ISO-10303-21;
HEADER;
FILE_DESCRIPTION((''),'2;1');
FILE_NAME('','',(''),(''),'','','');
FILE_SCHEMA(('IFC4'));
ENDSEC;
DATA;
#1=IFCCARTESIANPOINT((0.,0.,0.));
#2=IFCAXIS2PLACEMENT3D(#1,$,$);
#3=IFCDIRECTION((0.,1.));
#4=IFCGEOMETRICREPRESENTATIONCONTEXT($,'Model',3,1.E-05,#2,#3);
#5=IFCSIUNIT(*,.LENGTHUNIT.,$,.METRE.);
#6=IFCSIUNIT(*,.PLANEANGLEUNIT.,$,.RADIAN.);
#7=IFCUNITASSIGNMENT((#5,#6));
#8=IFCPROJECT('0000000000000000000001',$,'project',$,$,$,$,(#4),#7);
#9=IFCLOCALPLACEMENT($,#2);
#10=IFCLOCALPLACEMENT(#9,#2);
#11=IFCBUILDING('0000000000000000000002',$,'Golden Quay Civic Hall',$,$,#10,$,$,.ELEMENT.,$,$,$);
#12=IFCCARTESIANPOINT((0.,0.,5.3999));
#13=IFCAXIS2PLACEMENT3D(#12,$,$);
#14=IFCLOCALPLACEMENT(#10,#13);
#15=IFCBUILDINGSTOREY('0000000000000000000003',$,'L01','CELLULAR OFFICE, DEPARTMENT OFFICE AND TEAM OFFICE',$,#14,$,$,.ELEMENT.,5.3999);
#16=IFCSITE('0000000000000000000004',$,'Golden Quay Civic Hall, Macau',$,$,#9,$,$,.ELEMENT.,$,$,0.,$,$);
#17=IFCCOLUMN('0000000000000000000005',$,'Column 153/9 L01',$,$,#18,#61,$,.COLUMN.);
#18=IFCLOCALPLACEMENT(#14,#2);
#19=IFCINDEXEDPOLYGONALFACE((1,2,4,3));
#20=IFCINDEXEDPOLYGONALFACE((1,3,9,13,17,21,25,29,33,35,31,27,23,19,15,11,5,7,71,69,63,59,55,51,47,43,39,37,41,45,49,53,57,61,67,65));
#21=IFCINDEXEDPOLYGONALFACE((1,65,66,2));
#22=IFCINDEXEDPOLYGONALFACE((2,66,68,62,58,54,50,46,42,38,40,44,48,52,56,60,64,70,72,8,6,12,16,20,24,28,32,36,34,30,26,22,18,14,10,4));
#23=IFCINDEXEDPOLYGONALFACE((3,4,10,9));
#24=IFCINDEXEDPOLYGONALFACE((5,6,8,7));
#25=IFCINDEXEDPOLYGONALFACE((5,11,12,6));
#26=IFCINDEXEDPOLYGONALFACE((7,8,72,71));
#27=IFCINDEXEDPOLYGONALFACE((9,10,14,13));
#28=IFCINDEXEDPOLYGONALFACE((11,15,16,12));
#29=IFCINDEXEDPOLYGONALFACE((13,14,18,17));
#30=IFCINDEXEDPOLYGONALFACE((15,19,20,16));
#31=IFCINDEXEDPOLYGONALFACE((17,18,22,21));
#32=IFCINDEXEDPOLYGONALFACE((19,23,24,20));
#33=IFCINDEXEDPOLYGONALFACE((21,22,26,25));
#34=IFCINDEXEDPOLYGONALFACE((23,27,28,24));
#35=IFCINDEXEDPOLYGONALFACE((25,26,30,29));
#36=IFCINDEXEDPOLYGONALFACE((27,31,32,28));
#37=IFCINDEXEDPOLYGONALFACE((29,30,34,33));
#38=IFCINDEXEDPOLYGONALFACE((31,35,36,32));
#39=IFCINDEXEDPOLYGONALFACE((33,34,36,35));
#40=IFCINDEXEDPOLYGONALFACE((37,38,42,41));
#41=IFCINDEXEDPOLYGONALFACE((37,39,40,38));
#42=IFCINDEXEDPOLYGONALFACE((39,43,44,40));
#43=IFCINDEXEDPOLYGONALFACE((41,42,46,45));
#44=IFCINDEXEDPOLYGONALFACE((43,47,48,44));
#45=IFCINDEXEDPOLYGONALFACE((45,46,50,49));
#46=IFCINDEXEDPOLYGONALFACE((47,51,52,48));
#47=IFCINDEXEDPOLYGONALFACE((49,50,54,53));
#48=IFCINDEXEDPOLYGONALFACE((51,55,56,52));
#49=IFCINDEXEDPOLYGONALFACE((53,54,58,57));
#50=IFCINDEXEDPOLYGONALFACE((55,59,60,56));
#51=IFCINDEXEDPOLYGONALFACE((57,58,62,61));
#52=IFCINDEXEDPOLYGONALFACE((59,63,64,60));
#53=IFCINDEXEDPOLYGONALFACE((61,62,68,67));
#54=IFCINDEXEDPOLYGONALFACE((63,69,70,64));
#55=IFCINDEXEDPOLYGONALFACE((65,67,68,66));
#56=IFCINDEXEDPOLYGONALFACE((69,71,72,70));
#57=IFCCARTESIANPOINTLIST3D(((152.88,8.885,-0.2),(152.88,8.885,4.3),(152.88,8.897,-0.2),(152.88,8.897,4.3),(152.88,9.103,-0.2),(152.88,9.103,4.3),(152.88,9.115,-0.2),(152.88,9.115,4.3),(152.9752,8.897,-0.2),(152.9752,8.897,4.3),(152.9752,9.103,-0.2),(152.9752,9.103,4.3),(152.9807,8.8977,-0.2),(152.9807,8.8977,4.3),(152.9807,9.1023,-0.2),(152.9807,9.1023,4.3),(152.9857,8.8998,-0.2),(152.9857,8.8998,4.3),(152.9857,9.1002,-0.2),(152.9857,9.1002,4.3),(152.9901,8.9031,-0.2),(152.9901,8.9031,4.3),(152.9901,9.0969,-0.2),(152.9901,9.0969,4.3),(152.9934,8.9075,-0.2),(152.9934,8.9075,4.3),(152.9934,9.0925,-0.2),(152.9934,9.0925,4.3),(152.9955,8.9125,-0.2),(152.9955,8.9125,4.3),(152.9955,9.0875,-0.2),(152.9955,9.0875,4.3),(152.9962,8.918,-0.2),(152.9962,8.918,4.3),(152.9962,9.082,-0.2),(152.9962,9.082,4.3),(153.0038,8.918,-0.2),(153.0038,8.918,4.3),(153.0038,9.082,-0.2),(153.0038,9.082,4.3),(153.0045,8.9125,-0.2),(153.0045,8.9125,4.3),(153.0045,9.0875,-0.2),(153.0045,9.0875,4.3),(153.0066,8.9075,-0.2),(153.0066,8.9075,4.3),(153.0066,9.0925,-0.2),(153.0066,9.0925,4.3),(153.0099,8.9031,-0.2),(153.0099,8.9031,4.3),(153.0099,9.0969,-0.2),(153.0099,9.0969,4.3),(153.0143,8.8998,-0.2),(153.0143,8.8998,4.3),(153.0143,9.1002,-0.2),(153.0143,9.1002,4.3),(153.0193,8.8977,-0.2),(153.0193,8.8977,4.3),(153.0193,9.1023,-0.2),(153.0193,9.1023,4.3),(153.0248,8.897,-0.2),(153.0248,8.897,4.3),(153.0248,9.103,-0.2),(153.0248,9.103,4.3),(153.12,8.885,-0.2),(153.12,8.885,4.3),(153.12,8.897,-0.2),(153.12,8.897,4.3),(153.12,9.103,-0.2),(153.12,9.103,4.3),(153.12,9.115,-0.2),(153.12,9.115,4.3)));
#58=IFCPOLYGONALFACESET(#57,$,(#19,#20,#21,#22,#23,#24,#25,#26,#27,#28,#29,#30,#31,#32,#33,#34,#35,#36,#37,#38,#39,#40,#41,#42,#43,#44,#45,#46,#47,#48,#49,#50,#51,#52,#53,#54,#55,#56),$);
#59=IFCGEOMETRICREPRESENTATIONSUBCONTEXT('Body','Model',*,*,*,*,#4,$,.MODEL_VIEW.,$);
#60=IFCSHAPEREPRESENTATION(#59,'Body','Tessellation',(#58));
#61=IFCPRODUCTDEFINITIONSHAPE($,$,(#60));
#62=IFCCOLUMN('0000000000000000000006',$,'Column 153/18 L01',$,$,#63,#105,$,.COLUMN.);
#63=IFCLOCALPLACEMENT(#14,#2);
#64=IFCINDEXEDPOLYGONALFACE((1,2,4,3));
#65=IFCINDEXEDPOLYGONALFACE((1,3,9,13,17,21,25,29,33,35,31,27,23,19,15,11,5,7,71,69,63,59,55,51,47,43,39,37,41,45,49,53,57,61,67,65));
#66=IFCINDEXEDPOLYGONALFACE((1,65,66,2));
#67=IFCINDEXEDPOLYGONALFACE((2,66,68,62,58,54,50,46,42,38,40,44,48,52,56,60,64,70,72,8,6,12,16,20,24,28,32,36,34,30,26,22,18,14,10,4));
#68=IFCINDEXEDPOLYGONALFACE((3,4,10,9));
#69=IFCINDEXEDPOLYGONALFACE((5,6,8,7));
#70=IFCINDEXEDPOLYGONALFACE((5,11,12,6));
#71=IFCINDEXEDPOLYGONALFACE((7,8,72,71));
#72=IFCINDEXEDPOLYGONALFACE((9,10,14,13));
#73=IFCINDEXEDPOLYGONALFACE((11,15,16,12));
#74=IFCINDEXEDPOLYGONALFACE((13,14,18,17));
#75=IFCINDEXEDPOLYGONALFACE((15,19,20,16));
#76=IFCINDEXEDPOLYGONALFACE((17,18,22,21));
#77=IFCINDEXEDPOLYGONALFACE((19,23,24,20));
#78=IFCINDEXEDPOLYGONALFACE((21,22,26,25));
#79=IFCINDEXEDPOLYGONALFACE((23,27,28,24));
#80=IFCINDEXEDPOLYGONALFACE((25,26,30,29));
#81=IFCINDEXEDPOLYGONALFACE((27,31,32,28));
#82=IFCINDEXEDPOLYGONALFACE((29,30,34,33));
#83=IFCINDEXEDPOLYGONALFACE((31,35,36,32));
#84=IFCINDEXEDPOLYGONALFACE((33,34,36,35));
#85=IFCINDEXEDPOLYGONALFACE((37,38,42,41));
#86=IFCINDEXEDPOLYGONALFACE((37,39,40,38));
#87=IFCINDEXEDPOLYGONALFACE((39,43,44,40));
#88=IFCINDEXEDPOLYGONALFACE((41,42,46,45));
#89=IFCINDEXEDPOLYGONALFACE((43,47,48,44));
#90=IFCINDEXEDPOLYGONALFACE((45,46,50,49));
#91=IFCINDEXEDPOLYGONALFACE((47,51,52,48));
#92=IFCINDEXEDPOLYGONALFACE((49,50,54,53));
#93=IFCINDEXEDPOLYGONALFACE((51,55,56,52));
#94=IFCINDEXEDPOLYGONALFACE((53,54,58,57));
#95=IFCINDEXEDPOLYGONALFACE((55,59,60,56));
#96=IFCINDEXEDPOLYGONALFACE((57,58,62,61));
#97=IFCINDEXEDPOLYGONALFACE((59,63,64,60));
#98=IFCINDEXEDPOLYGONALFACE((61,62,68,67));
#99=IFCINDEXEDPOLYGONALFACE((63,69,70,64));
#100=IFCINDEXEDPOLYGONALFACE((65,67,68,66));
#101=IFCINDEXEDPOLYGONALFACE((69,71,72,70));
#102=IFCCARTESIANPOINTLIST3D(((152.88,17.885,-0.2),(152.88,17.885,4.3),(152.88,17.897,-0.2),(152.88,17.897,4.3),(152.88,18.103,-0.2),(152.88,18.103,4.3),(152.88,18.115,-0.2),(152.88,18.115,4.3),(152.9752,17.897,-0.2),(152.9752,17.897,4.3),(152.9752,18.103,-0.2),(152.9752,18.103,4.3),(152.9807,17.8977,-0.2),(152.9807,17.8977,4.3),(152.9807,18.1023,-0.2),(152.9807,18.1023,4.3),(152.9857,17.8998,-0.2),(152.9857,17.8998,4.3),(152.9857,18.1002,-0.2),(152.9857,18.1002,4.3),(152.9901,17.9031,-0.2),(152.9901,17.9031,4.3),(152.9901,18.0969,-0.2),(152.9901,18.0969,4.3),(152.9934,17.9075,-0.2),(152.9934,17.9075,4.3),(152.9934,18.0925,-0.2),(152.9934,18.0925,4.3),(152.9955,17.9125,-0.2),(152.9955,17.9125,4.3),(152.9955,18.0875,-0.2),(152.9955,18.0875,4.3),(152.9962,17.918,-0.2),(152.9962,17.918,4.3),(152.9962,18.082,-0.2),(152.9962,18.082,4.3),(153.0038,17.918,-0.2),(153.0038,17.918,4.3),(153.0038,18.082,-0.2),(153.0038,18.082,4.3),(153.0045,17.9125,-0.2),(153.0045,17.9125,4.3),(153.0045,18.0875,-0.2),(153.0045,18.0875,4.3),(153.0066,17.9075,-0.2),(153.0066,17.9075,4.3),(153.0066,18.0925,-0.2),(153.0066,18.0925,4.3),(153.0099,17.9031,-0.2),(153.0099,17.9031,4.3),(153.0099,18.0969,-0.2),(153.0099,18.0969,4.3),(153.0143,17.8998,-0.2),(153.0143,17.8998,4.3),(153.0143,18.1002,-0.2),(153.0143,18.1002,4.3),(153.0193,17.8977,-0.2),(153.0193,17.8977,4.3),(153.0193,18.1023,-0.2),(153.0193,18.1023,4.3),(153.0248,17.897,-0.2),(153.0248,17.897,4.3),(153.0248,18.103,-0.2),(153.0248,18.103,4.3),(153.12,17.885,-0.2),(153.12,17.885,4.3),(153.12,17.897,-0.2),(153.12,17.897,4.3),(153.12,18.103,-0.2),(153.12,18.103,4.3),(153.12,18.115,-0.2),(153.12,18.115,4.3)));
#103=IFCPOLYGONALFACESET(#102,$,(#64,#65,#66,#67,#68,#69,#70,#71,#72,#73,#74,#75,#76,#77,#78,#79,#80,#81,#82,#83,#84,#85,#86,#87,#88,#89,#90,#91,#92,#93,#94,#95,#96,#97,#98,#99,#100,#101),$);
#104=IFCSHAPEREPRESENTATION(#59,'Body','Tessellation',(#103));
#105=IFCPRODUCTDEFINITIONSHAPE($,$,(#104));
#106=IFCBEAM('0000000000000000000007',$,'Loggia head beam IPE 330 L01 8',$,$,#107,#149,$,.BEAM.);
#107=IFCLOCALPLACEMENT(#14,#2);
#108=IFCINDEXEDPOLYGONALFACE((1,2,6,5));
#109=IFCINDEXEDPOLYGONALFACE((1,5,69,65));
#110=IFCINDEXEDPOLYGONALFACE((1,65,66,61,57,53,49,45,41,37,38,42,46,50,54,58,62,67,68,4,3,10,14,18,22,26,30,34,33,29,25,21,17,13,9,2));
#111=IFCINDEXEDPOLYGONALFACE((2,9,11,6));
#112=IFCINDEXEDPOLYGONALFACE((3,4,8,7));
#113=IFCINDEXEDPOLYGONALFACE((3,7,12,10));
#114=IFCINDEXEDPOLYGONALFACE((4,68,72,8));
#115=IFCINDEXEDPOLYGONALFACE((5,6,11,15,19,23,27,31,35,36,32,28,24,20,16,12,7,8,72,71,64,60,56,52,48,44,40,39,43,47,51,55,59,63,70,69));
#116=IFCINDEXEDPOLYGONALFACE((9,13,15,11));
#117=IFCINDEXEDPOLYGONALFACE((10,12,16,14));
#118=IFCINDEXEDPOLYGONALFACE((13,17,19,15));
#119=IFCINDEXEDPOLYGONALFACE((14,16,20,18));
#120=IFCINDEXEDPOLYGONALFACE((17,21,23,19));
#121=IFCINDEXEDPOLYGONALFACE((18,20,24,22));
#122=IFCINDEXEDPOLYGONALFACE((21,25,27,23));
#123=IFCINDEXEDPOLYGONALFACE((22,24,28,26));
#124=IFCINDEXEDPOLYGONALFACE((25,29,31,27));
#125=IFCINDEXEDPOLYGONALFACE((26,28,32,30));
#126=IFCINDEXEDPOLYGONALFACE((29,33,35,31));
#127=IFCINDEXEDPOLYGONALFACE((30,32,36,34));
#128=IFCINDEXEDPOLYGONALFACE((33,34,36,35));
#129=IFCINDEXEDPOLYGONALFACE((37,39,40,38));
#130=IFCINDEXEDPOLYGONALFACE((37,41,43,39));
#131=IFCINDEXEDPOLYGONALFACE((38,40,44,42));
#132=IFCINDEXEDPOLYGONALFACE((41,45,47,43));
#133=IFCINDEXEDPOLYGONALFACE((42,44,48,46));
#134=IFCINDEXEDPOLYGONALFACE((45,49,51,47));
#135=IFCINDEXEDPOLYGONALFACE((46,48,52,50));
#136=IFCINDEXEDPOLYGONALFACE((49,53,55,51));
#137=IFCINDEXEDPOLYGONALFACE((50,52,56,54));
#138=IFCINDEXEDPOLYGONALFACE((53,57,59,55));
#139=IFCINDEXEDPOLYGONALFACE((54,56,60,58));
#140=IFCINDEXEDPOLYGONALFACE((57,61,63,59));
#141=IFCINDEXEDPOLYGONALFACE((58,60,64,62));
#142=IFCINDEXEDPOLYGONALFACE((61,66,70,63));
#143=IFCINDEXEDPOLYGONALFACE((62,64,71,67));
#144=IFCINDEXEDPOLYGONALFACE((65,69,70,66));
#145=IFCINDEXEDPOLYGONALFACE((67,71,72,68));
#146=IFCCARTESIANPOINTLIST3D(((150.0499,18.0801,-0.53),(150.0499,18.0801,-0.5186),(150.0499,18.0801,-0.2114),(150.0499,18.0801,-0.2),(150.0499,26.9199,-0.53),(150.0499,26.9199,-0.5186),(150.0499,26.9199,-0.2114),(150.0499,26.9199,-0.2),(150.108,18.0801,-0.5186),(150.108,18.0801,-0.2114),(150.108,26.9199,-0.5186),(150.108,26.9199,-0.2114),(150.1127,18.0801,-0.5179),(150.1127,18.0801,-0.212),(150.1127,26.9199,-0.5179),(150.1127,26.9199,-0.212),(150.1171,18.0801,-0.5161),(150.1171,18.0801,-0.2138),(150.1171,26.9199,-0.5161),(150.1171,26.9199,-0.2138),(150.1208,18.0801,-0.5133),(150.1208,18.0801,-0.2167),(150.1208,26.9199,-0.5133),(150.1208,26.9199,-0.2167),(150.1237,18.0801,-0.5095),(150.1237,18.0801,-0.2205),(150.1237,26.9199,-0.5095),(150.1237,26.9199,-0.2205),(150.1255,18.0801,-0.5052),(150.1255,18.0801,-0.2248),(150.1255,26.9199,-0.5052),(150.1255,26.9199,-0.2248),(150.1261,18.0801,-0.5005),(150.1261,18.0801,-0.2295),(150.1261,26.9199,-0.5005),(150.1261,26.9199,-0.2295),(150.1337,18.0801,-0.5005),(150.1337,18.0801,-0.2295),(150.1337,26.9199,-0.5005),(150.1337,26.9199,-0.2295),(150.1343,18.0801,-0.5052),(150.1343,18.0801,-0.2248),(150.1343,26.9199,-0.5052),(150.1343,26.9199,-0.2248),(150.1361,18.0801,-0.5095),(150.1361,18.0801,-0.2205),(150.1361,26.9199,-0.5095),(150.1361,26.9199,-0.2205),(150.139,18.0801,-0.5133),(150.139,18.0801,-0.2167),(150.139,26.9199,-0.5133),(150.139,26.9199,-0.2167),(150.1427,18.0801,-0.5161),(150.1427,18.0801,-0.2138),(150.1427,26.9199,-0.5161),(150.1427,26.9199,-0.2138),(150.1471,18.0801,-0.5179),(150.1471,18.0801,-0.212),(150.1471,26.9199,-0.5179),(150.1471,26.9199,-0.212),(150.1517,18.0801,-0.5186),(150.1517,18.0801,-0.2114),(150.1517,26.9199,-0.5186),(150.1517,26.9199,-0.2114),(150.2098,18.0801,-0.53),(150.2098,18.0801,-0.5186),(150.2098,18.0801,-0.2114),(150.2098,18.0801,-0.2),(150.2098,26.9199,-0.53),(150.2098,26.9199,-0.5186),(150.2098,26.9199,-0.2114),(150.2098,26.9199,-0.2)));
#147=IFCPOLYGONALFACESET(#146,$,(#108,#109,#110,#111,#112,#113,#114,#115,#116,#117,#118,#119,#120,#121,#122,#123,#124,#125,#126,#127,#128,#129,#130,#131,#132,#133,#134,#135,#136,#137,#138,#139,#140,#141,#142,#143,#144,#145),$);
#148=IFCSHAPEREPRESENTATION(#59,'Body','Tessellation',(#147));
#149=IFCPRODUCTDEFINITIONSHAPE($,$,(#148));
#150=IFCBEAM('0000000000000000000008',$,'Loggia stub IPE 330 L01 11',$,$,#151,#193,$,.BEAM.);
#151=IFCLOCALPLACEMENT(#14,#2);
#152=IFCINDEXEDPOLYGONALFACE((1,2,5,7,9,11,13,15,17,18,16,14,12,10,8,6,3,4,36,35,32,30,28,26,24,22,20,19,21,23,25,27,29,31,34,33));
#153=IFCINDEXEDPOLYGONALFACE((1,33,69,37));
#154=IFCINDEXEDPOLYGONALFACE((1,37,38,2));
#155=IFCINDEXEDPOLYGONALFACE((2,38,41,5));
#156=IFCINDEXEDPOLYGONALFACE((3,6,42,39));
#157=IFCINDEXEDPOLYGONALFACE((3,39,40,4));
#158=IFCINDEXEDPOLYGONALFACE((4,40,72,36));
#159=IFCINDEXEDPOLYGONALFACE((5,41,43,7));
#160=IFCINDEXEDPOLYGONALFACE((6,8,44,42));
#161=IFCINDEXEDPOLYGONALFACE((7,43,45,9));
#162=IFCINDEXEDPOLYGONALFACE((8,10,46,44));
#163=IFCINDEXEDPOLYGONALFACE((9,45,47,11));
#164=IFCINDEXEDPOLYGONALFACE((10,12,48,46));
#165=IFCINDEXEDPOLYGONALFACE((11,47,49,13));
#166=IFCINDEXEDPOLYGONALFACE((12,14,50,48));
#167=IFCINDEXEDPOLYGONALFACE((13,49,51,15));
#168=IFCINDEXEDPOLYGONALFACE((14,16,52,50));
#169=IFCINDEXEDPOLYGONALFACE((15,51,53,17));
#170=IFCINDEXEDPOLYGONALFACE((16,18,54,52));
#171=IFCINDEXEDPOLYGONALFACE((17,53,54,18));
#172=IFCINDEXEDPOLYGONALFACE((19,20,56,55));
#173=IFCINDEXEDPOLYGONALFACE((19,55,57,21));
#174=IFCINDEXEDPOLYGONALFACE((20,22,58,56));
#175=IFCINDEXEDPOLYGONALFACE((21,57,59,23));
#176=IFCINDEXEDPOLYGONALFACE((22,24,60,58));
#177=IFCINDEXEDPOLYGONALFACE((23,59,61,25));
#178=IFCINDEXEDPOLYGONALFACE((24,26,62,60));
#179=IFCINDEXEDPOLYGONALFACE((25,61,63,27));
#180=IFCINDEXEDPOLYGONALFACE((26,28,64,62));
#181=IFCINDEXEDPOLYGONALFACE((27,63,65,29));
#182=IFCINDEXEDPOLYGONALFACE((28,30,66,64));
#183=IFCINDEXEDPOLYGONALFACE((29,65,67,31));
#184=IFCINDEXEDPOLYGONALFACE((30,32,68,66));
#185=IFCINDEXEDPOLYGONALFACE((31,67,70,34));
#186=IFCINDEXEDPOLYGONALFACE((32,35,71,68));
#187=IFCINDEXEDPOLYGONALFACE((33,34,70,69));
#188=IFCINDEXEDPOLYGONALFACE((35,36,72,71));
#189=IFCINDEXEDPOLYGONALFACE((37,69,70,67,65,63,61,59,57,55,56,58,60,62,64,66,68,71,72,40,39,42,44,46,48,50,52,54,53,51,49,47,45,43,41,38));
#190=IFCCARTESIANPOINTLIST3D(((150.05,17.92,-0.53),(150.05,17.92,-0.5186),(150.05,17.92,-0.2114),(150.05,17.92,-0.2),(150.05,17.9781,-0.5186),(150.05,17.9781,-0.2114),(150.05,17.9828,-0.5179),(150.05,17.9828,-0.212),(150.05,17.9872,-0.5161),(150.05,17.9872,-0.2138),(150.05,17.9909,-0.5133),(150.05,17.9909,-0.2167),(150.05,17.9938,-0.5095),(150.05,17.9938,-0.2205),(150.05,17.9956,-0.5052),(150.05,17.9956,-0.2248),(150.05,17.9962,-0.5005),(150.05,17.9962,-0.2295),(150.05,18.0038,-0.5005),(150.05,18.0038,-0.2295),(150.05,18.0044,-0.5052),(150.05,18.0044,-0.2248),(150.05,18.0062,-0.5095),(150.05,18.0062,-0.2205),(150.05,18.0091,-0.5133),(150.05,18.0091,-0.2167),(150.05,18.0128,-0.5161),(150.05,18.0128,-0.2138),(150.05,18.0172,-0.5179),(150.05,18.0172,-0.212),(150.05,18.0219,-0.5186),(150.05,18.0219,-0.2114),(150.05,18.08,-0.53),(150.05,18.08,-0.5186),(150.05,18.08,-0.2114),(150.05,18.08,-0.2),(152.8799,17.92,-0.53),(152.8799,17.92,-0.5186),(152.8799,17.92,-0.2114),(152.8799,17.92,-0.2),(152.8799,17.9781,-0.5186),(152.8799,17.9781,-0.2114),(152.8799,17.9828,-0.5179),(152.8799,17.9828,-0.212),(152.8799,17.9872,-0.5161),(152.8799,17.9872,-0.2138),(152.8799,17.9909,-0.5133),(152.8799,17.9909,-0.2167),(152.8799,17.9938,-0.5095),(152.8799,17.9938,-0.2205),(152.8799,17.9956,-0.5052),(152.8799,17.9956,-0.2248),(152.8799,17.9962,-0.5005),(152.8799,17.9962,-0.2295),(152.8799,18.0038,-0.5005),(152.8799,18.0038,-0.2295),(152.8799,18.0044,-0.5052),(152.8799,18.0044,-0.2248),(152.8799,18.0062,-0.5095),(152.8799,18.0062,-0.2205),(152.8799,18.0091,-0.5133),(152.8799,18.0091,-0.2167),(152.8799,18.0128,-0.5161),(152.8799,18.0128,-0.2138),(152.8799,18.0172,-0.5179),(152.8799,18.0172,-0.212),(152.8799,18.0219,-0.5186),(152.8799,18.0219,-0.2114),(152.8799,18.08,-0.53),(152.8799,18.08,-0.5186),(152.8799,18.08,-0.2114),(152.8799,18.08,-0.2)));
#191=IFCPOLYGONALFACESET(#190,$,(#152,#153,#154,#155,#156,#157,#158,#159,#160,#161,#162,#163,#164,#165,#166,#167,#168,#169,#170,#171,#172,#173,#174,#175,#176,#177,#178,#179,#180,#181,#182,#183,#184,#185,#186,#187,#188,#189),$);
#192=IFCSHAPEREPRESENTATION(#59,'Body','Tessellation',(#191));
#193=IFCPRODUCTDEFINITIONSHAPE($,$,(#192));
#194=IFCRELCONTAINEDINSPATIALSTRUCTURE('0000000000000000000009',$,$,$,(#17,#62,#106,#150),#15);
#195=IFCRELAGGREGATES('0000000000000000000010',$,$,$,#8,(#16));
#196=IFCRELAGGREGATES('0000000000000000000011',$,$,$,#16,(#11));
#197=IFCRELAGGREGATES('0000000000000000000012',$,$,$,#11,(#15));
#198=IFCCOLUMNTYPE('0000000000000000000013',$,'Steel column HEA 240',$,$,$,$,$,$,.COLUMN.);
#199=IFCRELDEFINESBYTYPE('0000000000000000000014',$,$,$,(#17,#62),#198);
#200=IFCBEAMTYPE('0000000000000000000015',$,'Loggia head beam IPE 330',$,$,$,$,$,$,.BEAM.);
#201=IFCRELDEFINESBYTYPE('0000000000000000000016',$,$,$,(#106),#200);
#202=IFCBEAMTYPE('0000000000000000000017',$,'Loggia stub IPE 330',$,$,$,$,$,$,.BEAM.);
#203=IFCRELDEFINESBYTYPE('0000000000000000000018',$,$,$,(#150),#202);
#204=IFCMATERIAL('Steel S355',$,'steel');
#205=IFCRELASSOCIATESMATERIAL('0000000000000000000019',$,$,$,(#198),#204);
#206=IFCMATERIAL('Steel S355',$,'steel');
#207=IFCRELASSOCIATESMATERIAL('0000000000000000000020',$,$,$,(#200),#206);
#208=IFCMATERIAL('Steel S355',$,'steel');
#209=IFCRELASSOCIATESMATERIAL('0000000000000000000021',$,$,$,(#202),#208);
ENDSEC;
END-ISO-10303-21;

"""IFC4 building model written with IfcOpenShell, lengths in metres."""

from ifc_helpers import new_model, si_unit, direction, frame, origin, origin_2d, place, context, subcontext, project, spatial, i_section, extrude, material, material_profile, profile_set, type_object, element, save


model = new_model("IFC4")

# Units and contexts
model_context = context("Model", 3, precision=1e-05, world=origin(), true_north=direction((0.0, 1.0)))
body_context = subcontext(model_context, "Body", "Model", "MODEL_VIEW")
ifc_project = project(units=[si_unit("LENGTHUNIT", "METRE"), si_unit("PLANEANGLEUNIT", "RADIAN")], contexts=[model_context])

# Site, building, storey
site_placement = place(None, origin())
site = spatial("IfcSite", under=ifc_project, at=site_placement, Name="Golden Quay Civic Hall, Macau", CompositionType="ELEMENT", RefElevation=0.0)
building_placement = place(site_placement, origin())
building = spatial("IfcBuilding", under=site, at=building_placement, Name="Golden Quay Civic Hall", CompositionType="ELEMENT")
storey_placement = place(building_placement, frame((0.0, 0.0, 5.3999)))
storey = spatial("IfcBuildingStorey", under=building, at=storey_placement, Name="L01", Description="CELLULAR OFFICE, DEPARTMENT OFFICE AND TEAM OFFICE", CompositionType="ELEMENT", Elevation=5.3999)

# Columns
ifc_material_1 = material(Name="Steel S355", Category="steel")
ifc_material_profile_1 = material_profile(ifc_material_1, i_section(OverallWidth=0.24, OverallDepth=0.23, WebThickness=0.0076, FlangeThickness=0.012, FilletRadius=0.021, at=origin_2d()), Name="HEA 240")
ifc_profile_set_1 = profile_set([ifc_material_profile_1], Name="Steel S355")
column_type = type_object("IfcColumnType", Name="Steel column HEA 240", PredefinedType="COLUMN", material=ifc_profile_set_1)
for number, where, z_axis, x_axis, name in (
    (1, (153.0, 9.0, -0.2), (0.0, 0.0, 1.0), (1.0, 0.0, 0.0), "Column 153/9 L01"),
    (2, (153.0, 18.0, -0.2), (0.0, 0.0, 1.0), (1.0, 0.0, 0.0), "Column 153/18 L01"),
):
    element("IfcColumn", number, at=place(storey_placement, frame(where, z_axis=z_axis, x_axis=x_axis)), inside=storey, type_object=column_type, Name=name, PredefinedType="COLUMN", context=body_context, shape_type="SweptSolid", body=[
        extrude(i_section(OverallWidth=0.24, OverallDepth=0.23, WebThickness=0.0076, FlangeThickness=0.012, FilletRadius=0.021, at=origin_2d()), origin(), (0.0, 0.0, 1.0), 4.5),
    ])

# Beams
ifc_material_2 = material(Name="Steel S355", Category="steel")
ifc_material_profile_2 = material_profile(ifc_material_2, i_section(OverallWidth=0.1599, OverallDepth=0.3301, WebThickness=0.0076, FlangeThickness=0.0115, FilletRadius=0.0181, at=origin_2d()), Name="IPE 330")
ifc_profile_set_2 = profile_set([ifc_material_profile_2], Name="Steel S355")
beam_type_1 = type_object("IfcBeamType", Name="Loggia head beam IPE 330", PredefinedType="BEAM", material=ifc_profile_set_2)
beam_placement = place(storey_placement, frame((150.1299, 18.0801, -0.365), z_axis=(0.0, 1.0, 0.0), x_axis=(-1.0, 0.0, 0.0)))
element("IfcBeam", 3, at=beam_placement, inside=storey, type_object=beam_type_1, Name="Loggia head beam IPE 330 L01 8", PredefinedType="BEAM", context=body_context, shape_type="SweptSolid", body=[
    extrude(i_section(OverallWidth=0.1599, OverallDepth=0.3301, WebThickness=0.0076, FlangeThickness=0.0115, FilletRadius=0.0181, at=origin_2d()), origin(), (0.0, 0.0, 1.0), 8.8398),
])
ifc_material_3 = material(Name="Steel S355", Category="steel")
ifc_material_profile_3 = material_profile(ifc_material_3, i_section(OverallWidth=0.1599, OverallDepth=0.3301, WebThickness=0.0076, FlangeThickness=0.0115, FilletRadius=0.0181, at=origin_2d()), Name="IPE 330")
ifc_profile_set_3 = profile_set([ifc_material_profile_3], Name="Steel S355")
beam_type_2 = type_object("IfcBeamType", Name="Loggia stub IPE 330", PredefinedType="BEAM", material=ifc_profile_set_3)
for number, where, z_axis, x_axis, name in (
    (4, (152.8799, 18.0, -0.365), (-1.0, 0.0, 0.0), (0.0, -1.0, 0.0), "Loggia stub IPE 330 L01 11"),
):
    element("IfcBeam", number, at=place(storey_placement, frame(where, z_axis=z_axis, x_axis=x_axis)), inside=storey, type_object=beam_type_2, Name=name, PredefinedType="BEAM", context=body_context, shape_type="SweptSolid", body=[
        extrude(i_section(OverallWidth=0.1599, OverallDepth=0.3301, WebThickness=0.0076, FlangeThickness=0.0115, FilletRadius=0.0181, at=origin_2d()), origin(), (0.0, 0.0, 1.0), 2.8298),
    ])

save(model, "model.ifc")
